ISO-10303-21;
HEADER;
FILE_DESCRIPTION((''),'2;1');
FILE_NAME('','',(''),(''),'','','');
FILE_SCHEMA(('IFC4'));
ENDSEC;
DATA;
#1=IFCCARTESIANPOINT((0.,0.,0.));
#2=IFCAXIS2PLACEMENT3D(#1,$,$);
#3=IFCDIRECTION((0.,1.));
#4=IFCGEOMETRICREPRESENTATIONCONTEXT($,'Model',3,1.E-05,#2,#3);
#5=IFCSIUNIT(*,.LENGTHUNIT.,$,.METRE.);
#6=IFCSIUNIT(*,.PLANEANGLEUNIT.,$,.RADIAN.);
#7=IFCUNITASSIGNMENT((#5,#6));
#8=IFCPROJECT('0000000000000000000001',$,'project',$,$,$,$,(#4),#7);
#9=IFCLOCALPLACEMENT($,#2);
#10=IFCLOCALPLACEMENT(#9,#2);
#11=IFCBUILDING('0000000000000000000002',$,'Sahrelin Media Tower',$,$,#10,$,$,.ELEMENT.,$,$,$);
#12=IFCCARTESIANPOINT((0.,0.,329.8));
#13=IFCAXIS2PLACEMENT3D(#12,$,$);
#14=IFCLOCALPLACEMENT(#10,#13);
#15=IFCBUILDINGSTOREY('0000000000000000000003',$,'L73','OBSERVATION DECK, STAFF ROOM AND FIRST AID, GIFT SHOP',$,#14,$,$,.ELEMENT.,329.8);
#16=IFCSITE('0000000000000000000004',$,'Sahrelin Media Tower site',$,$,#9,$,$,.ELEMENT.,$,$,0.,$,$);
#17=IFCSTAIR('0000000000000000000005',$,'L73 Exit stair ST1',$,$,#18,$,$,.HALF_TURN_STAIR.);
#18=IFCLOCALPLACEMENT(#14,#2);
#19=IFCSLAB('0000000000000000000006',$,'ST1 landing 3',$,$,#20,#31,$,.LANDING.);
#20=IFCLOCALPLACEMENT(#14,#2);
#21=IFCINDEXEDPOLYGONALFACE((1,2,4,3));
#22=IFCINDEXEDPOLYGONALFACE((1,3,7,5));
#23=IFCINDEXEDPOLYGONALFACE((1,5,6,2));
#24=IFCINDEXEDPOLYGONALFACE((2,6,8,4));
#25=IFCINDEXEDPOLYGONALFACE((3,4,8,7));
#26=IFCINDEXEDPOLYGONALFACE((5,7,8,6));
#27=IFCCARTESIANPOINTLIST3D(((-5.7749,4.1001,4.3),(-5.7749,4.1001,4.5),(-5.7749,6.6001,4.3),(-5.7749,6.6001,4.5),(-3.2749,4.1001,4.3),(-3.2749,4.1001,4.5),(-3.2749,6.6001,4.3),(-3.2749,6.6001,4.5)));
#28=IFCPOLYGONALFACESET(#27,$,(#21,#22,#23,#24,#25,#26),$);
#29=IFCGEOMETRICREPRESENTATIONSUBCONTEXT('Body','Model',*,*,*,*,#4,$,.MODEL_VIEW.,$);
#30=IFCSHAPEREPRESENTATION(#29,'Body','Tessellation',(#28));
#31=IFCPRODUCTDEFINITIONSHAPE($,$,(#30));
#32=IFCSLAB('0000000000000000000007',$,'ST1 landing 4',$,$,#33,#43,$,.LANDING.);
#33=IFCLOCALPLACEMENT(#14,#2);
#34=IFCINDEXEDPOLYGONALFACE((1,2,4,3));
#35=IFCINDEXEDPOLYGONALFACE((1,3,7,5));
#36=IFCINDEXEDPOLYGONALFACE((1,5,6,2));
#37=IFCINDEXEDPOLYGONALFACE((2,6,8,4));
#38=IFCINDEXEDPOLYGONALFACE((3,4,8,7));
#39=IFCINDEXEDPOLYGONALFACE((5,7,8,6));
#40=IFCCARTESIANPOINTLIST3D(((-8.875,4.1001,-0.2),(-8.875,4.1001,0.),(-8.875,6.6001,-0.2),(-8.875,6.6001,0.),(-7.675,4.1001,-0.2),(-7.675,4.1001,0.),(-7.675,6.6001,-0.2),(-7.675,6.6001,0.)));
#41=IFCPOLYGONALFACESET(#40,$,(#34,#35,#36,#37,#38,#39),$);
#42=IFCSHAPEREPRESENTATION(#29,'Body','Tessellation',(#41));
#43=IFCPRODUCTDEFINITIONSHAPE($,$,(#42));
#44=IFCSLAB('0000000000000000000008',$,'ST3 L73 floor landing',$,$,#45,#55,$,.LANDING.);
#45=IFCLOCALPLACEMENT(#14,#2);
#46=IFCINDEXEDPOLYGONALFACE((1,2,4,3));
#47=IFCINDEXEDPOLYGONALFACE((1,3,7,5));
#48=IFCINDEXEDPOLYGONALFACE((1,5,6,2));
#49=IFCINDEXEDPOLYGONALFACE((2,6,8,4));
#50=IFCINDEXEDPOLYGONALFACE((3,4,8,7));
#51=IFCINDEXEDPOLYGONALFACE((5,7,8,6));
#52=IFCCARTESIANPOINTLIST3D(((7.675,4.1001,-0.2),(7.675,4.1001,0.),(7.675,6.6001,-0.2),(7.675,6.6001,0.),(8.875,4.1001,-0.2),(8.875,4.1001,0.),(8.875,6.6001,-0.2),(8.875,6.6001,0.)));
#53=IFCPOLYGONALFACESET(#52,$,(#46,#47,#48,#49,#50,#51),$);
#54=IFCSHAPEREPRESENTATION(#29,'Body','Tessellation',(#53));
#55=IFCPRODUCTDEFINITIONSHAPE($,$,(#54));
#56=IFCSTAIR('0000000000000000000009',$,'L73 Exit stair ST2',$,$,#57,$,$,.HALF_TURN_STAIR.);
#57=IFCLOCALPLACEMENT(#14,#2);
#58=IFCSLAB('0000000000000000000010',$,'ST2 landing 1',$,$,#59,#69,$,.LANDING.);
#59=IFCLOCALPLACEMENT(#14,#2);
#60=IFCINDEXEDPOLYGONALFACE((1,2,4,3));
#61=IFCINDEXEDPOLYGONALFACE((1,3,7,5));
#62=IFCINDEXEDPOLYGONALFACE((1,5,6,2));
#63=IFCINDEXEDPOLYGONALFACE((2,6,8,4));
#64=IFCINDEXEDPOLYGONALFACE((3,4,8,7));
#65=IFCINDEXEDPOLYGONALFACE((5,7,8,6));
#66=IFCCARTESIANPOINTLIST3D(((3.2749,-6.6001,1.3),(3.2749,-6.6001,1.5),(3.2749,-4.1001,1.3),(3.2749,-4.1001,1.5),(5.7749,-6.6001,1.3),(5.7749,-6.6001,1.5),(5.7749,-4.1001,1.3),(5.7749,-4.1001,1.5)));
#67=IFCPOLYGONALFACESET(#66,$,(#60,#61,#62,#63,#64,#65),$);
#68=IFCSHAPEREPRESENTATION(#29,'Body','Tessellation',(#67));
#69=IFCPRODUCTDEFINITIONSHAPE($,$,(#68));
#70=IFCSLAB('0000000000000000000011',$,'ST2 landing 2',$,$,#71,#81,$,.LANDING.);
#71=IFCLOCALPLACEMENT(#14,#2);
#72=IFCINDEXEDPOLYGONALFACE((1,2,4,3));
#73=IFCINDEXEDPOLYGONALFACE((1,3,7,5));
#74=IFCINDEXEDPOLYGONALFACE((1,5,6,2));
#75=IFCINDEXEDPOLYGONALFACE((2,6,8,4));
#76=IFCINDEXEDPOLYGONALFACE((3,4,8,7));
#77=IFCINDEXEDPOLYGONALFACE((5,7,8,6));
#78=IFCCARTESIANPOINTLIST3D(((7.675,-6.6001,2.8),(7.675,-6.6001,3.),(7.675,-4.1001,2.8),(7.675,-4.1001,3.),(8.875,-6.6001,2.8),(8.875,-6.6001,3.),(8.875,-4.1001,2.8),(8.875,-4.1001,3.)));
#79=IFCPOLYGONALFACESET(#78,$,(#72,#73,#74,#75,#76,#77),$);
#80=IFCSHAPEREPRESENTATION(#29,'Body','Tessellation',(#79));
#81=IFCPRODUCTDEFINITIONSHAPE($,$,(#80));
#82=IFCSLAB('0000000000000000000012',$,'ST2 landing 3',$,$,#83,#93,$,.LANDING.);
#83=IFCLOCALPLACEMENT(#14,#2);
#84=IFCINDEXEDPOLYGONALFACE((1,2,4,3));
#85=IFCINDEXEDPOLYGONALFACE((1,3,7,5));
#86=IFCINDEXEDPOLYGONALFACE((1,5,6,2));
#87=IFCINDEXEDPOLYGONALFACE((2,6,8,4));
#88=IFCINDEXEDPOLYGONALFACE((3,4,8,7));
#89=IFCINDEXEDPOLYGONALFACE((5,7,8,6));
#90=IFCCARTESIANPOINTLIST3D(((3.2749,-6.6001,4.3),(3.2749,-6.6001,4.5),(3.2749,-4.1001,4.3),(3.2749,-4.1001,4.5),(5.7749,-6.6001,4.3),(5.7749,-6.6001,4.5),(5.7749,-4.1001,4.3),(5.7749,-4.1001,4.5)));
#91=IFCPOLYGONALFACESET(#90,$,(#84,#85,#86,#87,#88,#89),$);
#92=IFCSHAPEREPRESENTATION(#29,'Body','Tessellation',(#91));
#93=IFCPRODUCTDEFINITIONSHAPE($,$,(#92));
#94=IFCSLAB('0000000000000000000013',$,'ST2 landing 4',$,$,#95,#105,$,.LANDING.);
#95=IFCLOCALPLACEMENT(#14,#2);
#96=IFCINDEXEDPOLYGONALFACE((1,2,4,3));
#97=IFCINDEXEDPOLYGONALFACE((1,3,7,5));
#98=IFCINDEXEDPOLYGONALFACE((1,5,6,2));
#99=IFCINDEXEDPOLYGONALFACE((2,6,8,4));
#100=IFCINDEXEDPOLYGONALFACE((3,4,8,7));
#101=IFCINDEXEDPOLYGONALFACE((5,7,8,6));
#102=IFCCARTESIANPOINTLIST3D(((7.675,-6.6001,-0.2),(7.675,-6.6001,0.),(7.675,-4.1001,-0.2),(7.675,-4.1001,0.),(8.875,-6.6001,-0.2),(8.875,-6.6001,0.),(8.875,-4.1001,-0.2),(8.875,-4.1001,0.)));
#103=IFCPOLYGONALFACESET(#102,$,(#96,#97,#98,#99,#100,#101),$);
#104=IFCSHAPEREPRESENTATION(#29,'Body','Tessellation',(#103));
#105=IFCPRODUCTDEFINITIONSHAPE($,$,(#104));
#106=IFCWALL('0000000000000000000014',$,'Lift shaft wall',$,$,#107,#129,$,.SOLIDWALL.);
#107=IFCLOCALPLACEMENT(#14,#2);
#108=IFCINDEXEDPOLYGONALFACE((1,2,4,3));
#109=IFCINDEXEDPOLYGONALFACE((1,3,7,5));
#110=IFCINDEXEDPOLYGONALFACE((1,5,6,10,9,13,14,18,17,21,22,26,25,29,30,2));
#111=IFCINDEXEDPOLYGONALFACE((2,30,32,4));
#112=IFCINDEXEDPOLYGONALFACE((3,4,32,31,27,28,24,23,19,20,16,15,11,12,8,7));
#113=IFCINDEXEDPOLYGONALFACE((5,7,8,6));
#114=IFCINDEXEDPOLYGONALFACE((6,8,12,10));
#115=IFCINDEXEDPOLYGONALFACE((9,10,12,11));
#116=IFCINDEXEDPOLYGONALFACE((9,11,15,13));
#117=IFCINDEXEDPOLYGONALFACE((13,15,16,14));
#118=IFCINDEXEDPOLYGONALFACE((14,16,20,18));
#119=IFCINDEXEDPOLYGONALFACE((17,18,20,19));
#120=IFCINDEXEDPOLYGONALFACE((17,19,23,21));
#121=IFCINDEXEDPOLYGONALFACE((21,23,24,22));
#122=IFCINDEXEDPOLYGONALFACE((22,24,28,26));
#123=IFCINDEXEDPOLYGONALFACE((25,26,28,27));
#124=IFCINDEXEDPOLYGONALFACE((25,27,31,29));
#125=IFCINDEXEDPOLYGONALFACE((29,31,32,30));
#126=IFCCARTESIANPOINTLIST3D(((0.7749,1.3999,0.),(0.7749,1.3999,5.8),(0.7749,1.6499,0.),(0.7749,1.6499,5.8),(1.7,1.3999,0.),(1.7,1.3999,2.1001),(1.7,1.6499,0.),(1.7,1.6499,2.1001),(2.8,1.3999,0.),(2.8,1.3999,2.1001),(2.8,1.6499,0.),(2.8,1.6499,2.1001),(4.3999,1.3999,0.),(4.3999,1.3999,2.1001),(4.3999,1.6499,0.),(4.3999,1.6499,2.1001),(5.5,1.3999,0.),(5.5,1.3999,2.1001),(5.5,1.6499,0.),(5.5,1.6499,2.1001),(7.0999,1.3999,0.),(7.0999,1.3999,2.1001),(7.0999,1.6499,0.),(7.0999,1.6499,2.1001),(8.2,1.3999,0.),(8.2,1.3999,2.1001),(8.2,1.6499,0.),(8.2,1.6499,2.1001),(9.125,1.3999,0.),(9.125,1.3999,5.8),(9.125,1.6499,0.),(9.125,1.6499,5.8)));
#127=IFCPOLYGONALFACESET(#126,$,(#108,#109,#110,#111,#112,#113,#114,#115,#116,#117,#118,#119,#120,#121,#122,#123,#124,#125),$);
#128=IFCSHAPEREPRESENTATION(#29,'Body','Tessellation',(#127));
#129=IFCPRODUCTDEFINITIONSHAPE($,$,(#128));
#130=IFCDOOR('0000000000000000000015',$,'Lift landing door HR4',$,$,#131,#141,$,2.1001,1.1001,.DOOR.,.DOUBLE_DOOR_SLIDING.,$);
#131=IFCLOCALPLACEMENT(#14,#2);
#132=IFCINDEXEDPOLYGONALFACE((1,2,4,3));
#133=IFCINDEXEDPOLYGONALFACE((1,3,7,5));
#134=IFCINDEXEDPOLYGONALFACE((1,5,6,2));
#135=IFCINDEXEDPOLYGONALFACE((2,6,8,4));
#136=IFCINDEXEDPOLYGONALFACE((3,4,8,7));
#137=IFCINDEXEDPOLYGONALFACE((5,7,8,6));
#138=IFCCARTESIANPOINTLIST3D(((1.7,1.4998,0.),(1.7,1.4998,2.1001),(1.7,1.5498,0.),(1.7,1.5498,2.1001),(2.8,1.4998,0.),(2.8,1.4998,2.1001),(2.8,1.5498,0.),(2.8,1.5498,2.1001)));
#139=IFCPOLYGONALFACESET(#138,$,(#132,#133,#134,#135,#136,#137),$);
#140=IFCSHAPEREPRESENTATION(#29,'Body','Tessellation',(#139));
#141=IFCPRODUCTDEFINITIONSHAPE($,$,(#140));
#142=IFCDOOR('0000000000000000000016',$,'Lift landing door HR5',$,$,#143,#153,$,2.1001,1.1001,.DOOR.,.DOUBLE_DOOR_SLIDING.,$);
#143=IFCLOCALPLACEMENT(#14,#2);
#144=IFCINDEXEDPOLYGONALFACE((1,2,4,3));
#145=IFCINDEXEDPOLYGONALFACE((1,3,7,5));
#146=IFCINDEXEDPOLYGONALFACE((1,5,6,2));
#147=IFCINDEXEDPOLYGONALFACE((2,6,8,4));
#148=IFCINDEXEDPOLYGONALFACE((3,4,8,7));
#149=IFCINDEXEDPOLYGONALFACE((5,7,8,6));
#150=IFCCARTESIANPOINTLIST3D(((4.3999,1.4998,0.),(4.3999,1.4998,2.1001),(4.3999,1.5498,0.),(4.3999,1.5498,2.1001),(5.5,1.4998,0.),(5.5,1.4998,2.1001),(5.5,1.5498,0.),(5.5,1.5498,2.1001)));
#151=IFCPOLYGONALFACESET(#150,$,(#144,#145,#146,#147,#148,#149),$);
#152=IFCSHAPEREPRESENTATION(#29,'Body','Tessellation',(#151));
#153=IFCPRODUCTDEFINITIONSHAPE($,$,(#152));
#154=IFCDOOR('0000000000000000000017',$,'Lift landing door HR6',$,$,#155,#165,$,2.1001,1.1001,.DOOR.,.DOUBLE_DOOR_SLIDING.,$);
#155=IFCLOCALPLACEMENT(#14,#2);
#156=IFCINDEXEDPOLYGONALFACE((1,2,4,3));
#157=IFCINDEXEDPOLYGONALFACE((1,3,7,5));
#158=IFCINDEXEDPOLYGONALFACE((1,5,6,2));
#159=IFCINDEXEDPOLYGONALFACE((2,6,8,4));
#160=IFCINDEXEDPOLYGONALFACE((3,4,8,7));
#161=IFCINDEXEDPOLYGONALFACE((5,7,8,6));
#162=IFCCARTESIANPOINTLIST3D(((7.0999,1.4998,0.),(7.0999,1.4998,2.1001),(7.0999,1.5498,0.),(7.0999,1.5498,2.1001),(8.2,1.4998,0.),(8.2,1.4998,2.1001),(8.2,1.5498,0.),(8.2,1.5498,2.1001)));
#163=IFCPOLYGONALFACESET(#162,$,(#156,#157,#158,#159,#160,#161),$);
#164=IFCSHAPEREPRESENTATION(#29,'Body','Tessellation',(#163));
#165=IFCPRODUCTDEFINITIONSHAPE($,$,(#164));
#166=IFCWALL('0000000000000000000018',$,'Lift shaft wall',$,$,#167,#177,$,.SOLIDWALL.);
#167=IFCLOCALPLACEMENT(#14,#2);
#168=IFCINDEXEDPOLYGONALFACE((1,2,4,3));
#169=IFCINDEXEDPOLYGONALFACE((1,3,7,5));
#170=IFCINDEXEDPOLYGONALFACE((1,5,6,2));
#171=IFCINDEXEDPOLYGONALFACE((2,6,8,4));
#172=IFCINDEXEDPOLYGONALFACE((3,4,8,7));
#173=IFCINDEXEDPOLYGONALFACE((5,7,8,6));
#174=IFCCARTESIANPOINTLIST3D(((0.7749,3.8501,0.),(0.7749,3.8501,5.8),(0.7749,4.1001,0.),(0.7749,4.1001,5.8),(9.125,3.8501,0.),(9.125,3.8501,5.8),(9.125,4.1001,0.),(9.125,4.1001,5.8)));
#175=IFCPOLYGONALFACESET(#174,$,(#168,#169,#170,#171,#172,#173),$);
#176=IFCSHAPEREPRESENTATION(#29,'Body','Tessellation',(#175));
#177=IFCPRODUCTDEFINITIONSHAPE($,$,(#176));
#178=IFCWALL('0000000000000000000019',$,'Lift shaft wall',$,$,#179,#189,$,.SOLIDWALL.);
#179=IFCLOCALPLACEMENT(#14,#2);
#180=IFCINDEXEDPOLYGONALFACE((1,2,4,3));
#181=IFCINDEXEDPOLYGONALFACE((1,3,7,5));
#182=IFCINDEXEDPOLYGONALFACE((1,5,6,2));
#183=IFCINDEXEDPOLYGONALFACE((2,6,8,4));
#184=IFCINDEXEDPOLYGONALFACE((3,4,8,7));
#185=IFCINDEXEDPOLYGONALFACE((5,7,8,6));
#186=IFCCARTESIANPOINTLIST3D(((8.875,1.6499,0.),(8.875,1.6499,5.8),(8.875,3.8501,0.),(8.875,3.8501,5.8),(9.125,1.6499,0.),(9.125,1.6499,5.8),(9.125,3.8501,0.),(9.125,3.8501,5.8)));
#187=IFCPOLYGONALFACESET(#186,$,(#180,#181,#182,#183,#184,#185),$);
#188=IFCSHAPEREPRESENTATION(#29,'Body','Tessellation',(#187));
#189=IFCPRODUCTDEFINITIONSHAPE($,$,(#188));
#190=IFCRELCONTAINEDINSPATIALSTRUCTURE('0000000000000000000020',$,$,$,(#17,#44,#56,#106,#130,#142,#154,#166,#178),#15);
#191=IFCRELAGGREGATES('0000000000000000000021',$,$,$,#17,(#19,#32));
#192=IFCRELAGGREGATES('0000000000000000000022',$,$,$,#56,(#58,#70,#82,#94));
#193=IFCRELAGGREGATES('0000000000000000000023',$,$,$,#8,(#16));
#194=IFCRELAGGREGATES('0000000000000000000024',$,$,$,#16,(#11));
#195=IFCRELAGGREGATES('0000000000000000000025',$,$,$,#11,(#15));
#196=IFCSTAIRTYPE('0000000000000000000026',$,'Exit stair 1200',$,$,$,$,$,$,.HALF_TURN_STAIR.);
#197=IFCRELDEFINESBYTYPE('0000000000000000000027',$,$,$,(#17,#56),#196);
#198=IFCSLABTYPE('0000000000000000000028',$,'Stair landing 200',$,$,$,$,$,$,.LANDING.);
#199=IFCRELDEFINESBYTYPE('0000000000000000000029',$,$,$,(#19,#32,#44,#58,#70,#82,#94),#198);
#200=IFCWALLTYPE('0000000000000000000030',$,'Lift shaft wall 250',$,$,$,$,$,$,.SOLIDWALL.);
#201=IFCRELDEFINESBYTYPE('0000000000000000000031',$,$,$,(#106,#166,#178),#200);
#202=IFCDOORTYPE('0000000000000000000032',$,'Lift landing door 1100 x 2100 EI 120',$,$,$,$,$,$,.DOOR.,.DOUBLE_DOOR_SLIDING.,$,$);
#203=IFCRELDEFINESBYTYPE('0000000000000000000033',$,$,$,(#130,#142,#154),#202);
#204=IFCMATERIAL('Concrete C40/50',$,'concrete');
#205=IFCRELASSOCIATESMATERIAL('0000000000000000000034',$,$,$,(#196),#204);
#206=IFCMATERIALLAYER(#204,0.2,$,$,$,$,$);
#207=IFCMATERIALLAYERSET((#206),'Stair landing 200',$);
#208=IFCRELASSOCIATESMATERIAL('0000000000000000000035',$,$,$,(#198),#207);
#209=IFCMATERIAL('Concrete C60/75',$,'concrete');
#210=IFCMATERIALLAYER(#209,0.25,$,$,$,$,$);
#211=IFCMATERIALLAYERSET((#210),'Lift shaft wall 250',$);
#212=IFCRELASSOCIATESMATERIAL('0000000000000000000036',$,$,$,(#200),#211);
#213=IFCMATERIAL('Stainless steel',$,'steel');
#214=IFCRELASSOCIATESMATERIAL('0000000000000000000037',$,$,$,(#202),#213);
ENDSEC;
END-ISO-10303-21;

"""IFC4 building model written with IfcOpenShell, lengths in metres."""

from ifc_helpers import new_model, si_unit, direction, frame, frame_2d, origin, place, context, subcontext, project, spatial, polyline, rectangle, outline, extrude, material, layer, layer_set, type_object, element, fill, aggregate, save


model = new_model("IFC4")

# Units and contexts
model_context = context("Model", 3, precision=1e-05, world=origin(), true_north=direction((0.0, 1.0)))
body_context = subcontext(model_context, "Body", "Model", "MODEL_VIEW")
ifc_project = project(units=[si_unit("LENGTHUNIT", "METRE"), si_unit("PLANEANGLEUNIT", "RADIAN")], contexts=[model_context])

# Site, building, storey
site_placement = place(None, origin())
site = spatial("IfcSite", under=ifc_project, at=site_placement, Name="Sahrelin Media Tower site", CompositionType="ELEMENT", RefElevation=0.0)
building_placement = place(site_placement, origin())
building = spatial("IfcBuilding", under=site, at=building_placement, Name="Sahrelin Media Tower", CompositionType="ELEMENT")
storey_placement = place(building_placement, frame((0.0, 0.0, 329.8)))
storey = spatial("IfcBuildingStorey", under=building, at=storey_placement, Name="L73", Description="OBSERVATION DECK, STAFF ROOM AND FIRST AID, GIFT SHOP", CompositionType="ELEMENT", Elevation=329.8)

# Shared definitions
ifc_material_1 = material(Name="Concrete C40/50", Category="concrete")
placement_1 = place(storey_placement, frame((0.0, 0.0, -0.2)))

# Stair, slabs
stair_type = type_object("IfcStairType", Name="Exit stair 1200", PredefinedType="HALF_TURN_STAIR", material=ifc_material_1)
placement_2 = place(storey_placement, origin())
stair_1 = element("IfcStair", 1, at=placement_2, inside=storey, type_object=stair_type, Name="L73 Exit stair ST1", PredefinedType="HALF_TURN_STAIR")
ifc_layer_1 = layer(ifc_material_1, 0.2)
ifc_layer_set_1 = layer_set([ifc_layer_1], Name="Stair landing 200")
slab_type_1 = type_object("IfcSlabType", Name="Stair landing 200", PredefinedType="LANDING", material=ifc_layer_set_1)
placement_3 = place(storey_placement, frame((0.0, 0.0, 1.3)))
placement_4 = place(storey_placement, frame((0.0, 0.0, 2.8)))
placement_5 = place(storey_placement, frame((0.0, 0.0, 4.3)))
slab_1 = element("IfcSlab", 2, at=placement_5, type_object=slab_type_1, Name="ST1 landing 3", PredefinedType="LANDING", context=body_context, shape_type="SweptSolid", body=[
    extrude(outline(polyline([(-5.7749, 4.1001), (-3.2749, 4.1001), (-3.2749, 6.6001), (-5.7749, 6.6001), (-5.7749, 4.1001)])), origin(), (0.0, 0.0, 1.0), 0.2),
])
slab_2 = element("IfcSlab", 3, at=placement_1, type_object=slab_type_1, Name="ST1 landing 4", PredefinedType="LANDING", context=body_context, shape_type="SweptSolid", body=[
    extrude(outline(polyline([(-8.875, 4.1001), (-7.675, 4.1001), (-7.675, 6.6001), (-8.875, 6.6001), (-8.875, 4.1001)])), origin(), (0.0, 0.0, 1.0), 0.2),
])
aggregate(stair_1, [slab_1, slab_2])

# Slab
element("IfcSlab", 4, at=placement_1, inside=storey, type_object=slab_type_1, Name="ST3 L73 floor landing", PredefinedType="LANDING", context=body_context, shape_type="SweptSolid", body=[
    extrude(outline(polyline([(8.875, 6.6001), (7.675, 6.6001), (7.675, 4.1001), (8.875, 4.1001), (8.875, 6.6001)])), origin(), (0.0, 0.0, 1.0), 0.2),
])

# Stair, slabs
stair_2 = element("IfcStair", 5, at=placement_2, inside=storey, type_object=stair_type, Name="L73 Exit stair ST2", PredefinedType="HALF_TURN_STAIR")
slab_3 = element("IfcSlab", 6, at=placement_3, type_object=slab_type_1, Name="ST2 landing 1", PredefinedType="LANDING", context=body_context, shape_type="SweptSolid", body=[
    extrude(outline(polyline([(5.7749, -4.1001), (3.2749, -4.1001), (3.2749, -6.6001), (5.7749, -6.6001), (5.7749, -4.1001)])), origin(), (0.0, 0.0, 1.0), 0.2),
])
slab_4 = element("IfcSlab", 7, at=placement_4, type_object=slab_type_1, Name="ST2 landing 2", PredefinedType="LANDING", context=body_context, shape_type="SweptSolid", body=[
    extrude(outline(polyline([(8.875, -4.1001), (7.675, -4.1001), (7.675, -6.6001), (8.875, -6.6001), (8.875, -4.1001)])), origin(), (0.0, 0.0, 1.0), 0.2),
])
slab_5 = element("IfcSlab", 8, at=placement_5, type_object=slab_type_1, Name="ST2 landing 3", PredefinedType="LANDING", context=body_context, shape_type="SweptSolid", body=[
    extrude(outline(polyline([(5.7749, -4.1001), (3.2749, -4.1001), (3.2749, -6.6001), (5.7749, -6.6001), (5.7749, -4.1001)])), origin(), (0.0, 0.0, 1.0), 0.2),
])
slab_6 = element("IfcSlab", 9, at=placement_1, type_object=slab_type_1, Name="ST2 landing 4", PredefinedType="LANDING", context=body_context, shape_type="SweptSolid", body=[
    extrude(outline(polyline([(8.875, -4.1001), (7.675, -4.1001), (7.675, -6.6001), (8.875, -6.6001), (8.875, -4.1001)])), origin(), (0.0, 0.0, 1.0), 0.2),
])
aggregate(stair_2, [slab_3, slab_4, slab_5, slab_6])

# Wall, openings, doors
ifc_material_2 = material(Name="Concrete C60/75", Category="concrete")
ifc_layer_2 = layer(ifc_material_2, 0.25)
ifc_layer_set_2 = layer_set([ifc_layer_2], Name="Lift shaft wall 250")
wall_type_1 = type_object("IfcWallType", Name="Lift shaft wall 250", PredefinedType="SOLIDWALL", material=ifc_layer_set_2)
wall_1_placement = place(storey_placement, frame((0.7749, 1.5249, 0.0), z_axis=(0.0, 0.0, 1.0), x_axis=(1.0, 0.0, 0.0)))
wall_1 = element("IfcWall", 10, at=wall_1_placement, inside=storey, type_object=wall_type_1, Name="Lift shaft wall", PredefinedType="SOLIDWALL", context=body_context, shape_type="SweptSolid", body=[
    extrude(rectangle(XDim=8.3501, YDim=0.25, at=frame_2d((4.175, 0.0))), origin(), (0.0, 0.0, 1.0), 5.8),
])
opening_1_placement = place(wall_1_placement, frame((0.925, 0.0, 0.0)))
opening_1 = element("IfcOpeningElement", 11, at=opening_1_placement, cuts=wall_1, PredefinedType="OPENING", context=body_context, shape_type="SweptSolid", body=[
    extrude(rectangle(XDim=1.1001, YDim=2.1001, at=frame_2d((0.55, 1.05))), frame((0.0, 0.125, 0.0), z_axis=(0.0, -1.0, 0.0), x_axis=(1.0, 0.0, 0.0)), (0.0, 0.0, 1.0), 0.25),
])
opening_2_placement = place(wall_1_placement, frame((3.625, 0.0, 0.0)))
opening_2 = element("IfcOpeningElement", 12, at=opening_2_placement, cuts=wall_1, PredefinedType="OPENING", context=body_context, shape_type="SweptSolid", body=[
    extrude(rectangle(XDim=1.1001, YDim=2.1001, at=frame_2d((0.55, 1.05))), frame((0.0, 0.125, 0.0), z_axis=(0.0, -1.0, 0.0), x_axis=(1.0, 0.0, 0.0)), (0.0, 0.0, 1.0), 0.25),
])
opening_3_placement = place(wall_1_placement, frame((6.325, 0.0, 0.0)))
opening_3 = element("IfcOpeningElement", 13, at=opening_3_placement, cuts=wall_1, PredefinedType="OPENING", context=body_context, shape_type="SweptSolid", body=[
    extrude(rectangle(XDim=1.1001, YDim=2.1001, at=frame_2d((0.55, 1.05))), frame((0.0, 0.125, 0.0), z_axis=(0.0, -1.0, 0.0), x_axis=(1.0, 0.0, 0.0)), (0.0, 0.0, 1.0), 0.25),
])
ifc_material_3 = material(Name="Stainless steel", Category="steel")
door_type_1 = type_object("IfcDoorType", Name="Lift landing door 1100 x 2100 EI 120", OperationType="DOUBLE_DOOR_SLIDING", PredefinedType="DOOR", material=ifc_material_3)
door_1_placement = place(opening_1_placement, origin())
door_1 = element("IfcDoor", 14, at=door_1_placement, inside=storey, type_object=door_type_1, Name="Lift landing door HR4", OperationType="DOUBLE_DOOR_SLIDING", OverallHeight=2.1001, OverallWidth=1.1001, PredefinedType="DOOR", context=body_context, shape_type="SweptSolid", body=[
    extrude(rectangle(XDim=1.1001, YDim=2.1001, at=frame_2d((0.55, 1.05))), frame((0.0, 0.0249, 0.0), z_axis=(0.0, -1.0, 0.0), x_axis=(1.0, 0.0, 0.0)), (0.0, 0.0, 1.0), 0.05),
])
fill(opening_1, door_1)
door_2_placement = place(opening_2_placement, origin())
door_2 = element("IfcDoor", 15, at=door_2_placement, inside=storey, type_object=door_type_1, Name="Lift landing door HR5", OperationType="DOUBLE_DOOR_SLIDING", OverallHeight=2.1001, OverallWidth=1.1001, PredefinedType="DOOR", context=body_context, shape_type="SweptSolid", body=[
    extrude(rectangle(XDim=1.1001, YDim=2.1001, at=frame_2d((0.55, 1.05))), frame((0.0, 0.0249, 0.0), z_axis=(0.0, -1.0, 0.0), x_axis=(1.0, 0.0, 0.0)), (0.0, 0.0, 1.0), 0.05),
])
fill(opening_2, door_2)
door_3_placement = place(opening_3_placement, origin())
door_3 = element("IfcDoor", 16, at=door_3_placement, inside=storey, type_object=door_type_1, Name="Lift landing door HR6", OperationType="DOUBLE_DOOR_SLIDING", OverallHeight=2.1001, OverallWidth=1.1001, PredefinedType="DOOR", context=body_context, shape_type="SweptSolid", body=[
    extrude(rectangle(XDim=1.1001, YDim=2.1001, at=frame_2d((0.55, 1.05))), frame((0.0, 0.0249, 0.0), z_axis=(0.0, -1.0, 0.0), x_axis=(1.0, 0.0, 0.0)), (0.0, 0.0, 1.0), 0.05),
])
fill(opening_3, door_3)

# Walls
wall_2_placement = place(storey_placement, frame((0.7749, 3.9751, 0.0), z_axis=(0.0, 0.0, 1.0), x_axis=(1.0, 0.0, 0.0)))
element("IfcWall", 17, at=wall_2_placement, inside=storey, type_object=wall_type_1, Name="Lift shaft wall", PredefinedType="SOLIDWALL", context=body_context, shape_type="SweptSolid", body=[
    extrude(rectangle(XDim=8.3501, YDim=0.25, at=frame_2d((4.175, 0.0))), origin(), (0.0, 0.0, 1.0), 5.8),
])
for number, where, z_axis, x_axis, name in (
    (18, (9.0, 1.6499, 0.0), (0.0, 0.0, 1.0), (0.0, 1.0, 0.0), "Lift shaft wall"),
):
    element("IfcWall", number, at=place(storey_placement, frame(where, z_axis=z_axis, x_axis=x_axis)), inside=storey, type_object=wall_type_1, Name=name, PredefinedType="SOLIDWALL", context=body_context, shape_type="SweptSolid", body=[
        extrude(rectangle(XDim=2.2002, YDim=0.25, at=frame_2d((1.1001, 0.0))), origin(), (0.0, 0.0, 1.0), 5.8),
    ])

save(model, "model.ifc")
